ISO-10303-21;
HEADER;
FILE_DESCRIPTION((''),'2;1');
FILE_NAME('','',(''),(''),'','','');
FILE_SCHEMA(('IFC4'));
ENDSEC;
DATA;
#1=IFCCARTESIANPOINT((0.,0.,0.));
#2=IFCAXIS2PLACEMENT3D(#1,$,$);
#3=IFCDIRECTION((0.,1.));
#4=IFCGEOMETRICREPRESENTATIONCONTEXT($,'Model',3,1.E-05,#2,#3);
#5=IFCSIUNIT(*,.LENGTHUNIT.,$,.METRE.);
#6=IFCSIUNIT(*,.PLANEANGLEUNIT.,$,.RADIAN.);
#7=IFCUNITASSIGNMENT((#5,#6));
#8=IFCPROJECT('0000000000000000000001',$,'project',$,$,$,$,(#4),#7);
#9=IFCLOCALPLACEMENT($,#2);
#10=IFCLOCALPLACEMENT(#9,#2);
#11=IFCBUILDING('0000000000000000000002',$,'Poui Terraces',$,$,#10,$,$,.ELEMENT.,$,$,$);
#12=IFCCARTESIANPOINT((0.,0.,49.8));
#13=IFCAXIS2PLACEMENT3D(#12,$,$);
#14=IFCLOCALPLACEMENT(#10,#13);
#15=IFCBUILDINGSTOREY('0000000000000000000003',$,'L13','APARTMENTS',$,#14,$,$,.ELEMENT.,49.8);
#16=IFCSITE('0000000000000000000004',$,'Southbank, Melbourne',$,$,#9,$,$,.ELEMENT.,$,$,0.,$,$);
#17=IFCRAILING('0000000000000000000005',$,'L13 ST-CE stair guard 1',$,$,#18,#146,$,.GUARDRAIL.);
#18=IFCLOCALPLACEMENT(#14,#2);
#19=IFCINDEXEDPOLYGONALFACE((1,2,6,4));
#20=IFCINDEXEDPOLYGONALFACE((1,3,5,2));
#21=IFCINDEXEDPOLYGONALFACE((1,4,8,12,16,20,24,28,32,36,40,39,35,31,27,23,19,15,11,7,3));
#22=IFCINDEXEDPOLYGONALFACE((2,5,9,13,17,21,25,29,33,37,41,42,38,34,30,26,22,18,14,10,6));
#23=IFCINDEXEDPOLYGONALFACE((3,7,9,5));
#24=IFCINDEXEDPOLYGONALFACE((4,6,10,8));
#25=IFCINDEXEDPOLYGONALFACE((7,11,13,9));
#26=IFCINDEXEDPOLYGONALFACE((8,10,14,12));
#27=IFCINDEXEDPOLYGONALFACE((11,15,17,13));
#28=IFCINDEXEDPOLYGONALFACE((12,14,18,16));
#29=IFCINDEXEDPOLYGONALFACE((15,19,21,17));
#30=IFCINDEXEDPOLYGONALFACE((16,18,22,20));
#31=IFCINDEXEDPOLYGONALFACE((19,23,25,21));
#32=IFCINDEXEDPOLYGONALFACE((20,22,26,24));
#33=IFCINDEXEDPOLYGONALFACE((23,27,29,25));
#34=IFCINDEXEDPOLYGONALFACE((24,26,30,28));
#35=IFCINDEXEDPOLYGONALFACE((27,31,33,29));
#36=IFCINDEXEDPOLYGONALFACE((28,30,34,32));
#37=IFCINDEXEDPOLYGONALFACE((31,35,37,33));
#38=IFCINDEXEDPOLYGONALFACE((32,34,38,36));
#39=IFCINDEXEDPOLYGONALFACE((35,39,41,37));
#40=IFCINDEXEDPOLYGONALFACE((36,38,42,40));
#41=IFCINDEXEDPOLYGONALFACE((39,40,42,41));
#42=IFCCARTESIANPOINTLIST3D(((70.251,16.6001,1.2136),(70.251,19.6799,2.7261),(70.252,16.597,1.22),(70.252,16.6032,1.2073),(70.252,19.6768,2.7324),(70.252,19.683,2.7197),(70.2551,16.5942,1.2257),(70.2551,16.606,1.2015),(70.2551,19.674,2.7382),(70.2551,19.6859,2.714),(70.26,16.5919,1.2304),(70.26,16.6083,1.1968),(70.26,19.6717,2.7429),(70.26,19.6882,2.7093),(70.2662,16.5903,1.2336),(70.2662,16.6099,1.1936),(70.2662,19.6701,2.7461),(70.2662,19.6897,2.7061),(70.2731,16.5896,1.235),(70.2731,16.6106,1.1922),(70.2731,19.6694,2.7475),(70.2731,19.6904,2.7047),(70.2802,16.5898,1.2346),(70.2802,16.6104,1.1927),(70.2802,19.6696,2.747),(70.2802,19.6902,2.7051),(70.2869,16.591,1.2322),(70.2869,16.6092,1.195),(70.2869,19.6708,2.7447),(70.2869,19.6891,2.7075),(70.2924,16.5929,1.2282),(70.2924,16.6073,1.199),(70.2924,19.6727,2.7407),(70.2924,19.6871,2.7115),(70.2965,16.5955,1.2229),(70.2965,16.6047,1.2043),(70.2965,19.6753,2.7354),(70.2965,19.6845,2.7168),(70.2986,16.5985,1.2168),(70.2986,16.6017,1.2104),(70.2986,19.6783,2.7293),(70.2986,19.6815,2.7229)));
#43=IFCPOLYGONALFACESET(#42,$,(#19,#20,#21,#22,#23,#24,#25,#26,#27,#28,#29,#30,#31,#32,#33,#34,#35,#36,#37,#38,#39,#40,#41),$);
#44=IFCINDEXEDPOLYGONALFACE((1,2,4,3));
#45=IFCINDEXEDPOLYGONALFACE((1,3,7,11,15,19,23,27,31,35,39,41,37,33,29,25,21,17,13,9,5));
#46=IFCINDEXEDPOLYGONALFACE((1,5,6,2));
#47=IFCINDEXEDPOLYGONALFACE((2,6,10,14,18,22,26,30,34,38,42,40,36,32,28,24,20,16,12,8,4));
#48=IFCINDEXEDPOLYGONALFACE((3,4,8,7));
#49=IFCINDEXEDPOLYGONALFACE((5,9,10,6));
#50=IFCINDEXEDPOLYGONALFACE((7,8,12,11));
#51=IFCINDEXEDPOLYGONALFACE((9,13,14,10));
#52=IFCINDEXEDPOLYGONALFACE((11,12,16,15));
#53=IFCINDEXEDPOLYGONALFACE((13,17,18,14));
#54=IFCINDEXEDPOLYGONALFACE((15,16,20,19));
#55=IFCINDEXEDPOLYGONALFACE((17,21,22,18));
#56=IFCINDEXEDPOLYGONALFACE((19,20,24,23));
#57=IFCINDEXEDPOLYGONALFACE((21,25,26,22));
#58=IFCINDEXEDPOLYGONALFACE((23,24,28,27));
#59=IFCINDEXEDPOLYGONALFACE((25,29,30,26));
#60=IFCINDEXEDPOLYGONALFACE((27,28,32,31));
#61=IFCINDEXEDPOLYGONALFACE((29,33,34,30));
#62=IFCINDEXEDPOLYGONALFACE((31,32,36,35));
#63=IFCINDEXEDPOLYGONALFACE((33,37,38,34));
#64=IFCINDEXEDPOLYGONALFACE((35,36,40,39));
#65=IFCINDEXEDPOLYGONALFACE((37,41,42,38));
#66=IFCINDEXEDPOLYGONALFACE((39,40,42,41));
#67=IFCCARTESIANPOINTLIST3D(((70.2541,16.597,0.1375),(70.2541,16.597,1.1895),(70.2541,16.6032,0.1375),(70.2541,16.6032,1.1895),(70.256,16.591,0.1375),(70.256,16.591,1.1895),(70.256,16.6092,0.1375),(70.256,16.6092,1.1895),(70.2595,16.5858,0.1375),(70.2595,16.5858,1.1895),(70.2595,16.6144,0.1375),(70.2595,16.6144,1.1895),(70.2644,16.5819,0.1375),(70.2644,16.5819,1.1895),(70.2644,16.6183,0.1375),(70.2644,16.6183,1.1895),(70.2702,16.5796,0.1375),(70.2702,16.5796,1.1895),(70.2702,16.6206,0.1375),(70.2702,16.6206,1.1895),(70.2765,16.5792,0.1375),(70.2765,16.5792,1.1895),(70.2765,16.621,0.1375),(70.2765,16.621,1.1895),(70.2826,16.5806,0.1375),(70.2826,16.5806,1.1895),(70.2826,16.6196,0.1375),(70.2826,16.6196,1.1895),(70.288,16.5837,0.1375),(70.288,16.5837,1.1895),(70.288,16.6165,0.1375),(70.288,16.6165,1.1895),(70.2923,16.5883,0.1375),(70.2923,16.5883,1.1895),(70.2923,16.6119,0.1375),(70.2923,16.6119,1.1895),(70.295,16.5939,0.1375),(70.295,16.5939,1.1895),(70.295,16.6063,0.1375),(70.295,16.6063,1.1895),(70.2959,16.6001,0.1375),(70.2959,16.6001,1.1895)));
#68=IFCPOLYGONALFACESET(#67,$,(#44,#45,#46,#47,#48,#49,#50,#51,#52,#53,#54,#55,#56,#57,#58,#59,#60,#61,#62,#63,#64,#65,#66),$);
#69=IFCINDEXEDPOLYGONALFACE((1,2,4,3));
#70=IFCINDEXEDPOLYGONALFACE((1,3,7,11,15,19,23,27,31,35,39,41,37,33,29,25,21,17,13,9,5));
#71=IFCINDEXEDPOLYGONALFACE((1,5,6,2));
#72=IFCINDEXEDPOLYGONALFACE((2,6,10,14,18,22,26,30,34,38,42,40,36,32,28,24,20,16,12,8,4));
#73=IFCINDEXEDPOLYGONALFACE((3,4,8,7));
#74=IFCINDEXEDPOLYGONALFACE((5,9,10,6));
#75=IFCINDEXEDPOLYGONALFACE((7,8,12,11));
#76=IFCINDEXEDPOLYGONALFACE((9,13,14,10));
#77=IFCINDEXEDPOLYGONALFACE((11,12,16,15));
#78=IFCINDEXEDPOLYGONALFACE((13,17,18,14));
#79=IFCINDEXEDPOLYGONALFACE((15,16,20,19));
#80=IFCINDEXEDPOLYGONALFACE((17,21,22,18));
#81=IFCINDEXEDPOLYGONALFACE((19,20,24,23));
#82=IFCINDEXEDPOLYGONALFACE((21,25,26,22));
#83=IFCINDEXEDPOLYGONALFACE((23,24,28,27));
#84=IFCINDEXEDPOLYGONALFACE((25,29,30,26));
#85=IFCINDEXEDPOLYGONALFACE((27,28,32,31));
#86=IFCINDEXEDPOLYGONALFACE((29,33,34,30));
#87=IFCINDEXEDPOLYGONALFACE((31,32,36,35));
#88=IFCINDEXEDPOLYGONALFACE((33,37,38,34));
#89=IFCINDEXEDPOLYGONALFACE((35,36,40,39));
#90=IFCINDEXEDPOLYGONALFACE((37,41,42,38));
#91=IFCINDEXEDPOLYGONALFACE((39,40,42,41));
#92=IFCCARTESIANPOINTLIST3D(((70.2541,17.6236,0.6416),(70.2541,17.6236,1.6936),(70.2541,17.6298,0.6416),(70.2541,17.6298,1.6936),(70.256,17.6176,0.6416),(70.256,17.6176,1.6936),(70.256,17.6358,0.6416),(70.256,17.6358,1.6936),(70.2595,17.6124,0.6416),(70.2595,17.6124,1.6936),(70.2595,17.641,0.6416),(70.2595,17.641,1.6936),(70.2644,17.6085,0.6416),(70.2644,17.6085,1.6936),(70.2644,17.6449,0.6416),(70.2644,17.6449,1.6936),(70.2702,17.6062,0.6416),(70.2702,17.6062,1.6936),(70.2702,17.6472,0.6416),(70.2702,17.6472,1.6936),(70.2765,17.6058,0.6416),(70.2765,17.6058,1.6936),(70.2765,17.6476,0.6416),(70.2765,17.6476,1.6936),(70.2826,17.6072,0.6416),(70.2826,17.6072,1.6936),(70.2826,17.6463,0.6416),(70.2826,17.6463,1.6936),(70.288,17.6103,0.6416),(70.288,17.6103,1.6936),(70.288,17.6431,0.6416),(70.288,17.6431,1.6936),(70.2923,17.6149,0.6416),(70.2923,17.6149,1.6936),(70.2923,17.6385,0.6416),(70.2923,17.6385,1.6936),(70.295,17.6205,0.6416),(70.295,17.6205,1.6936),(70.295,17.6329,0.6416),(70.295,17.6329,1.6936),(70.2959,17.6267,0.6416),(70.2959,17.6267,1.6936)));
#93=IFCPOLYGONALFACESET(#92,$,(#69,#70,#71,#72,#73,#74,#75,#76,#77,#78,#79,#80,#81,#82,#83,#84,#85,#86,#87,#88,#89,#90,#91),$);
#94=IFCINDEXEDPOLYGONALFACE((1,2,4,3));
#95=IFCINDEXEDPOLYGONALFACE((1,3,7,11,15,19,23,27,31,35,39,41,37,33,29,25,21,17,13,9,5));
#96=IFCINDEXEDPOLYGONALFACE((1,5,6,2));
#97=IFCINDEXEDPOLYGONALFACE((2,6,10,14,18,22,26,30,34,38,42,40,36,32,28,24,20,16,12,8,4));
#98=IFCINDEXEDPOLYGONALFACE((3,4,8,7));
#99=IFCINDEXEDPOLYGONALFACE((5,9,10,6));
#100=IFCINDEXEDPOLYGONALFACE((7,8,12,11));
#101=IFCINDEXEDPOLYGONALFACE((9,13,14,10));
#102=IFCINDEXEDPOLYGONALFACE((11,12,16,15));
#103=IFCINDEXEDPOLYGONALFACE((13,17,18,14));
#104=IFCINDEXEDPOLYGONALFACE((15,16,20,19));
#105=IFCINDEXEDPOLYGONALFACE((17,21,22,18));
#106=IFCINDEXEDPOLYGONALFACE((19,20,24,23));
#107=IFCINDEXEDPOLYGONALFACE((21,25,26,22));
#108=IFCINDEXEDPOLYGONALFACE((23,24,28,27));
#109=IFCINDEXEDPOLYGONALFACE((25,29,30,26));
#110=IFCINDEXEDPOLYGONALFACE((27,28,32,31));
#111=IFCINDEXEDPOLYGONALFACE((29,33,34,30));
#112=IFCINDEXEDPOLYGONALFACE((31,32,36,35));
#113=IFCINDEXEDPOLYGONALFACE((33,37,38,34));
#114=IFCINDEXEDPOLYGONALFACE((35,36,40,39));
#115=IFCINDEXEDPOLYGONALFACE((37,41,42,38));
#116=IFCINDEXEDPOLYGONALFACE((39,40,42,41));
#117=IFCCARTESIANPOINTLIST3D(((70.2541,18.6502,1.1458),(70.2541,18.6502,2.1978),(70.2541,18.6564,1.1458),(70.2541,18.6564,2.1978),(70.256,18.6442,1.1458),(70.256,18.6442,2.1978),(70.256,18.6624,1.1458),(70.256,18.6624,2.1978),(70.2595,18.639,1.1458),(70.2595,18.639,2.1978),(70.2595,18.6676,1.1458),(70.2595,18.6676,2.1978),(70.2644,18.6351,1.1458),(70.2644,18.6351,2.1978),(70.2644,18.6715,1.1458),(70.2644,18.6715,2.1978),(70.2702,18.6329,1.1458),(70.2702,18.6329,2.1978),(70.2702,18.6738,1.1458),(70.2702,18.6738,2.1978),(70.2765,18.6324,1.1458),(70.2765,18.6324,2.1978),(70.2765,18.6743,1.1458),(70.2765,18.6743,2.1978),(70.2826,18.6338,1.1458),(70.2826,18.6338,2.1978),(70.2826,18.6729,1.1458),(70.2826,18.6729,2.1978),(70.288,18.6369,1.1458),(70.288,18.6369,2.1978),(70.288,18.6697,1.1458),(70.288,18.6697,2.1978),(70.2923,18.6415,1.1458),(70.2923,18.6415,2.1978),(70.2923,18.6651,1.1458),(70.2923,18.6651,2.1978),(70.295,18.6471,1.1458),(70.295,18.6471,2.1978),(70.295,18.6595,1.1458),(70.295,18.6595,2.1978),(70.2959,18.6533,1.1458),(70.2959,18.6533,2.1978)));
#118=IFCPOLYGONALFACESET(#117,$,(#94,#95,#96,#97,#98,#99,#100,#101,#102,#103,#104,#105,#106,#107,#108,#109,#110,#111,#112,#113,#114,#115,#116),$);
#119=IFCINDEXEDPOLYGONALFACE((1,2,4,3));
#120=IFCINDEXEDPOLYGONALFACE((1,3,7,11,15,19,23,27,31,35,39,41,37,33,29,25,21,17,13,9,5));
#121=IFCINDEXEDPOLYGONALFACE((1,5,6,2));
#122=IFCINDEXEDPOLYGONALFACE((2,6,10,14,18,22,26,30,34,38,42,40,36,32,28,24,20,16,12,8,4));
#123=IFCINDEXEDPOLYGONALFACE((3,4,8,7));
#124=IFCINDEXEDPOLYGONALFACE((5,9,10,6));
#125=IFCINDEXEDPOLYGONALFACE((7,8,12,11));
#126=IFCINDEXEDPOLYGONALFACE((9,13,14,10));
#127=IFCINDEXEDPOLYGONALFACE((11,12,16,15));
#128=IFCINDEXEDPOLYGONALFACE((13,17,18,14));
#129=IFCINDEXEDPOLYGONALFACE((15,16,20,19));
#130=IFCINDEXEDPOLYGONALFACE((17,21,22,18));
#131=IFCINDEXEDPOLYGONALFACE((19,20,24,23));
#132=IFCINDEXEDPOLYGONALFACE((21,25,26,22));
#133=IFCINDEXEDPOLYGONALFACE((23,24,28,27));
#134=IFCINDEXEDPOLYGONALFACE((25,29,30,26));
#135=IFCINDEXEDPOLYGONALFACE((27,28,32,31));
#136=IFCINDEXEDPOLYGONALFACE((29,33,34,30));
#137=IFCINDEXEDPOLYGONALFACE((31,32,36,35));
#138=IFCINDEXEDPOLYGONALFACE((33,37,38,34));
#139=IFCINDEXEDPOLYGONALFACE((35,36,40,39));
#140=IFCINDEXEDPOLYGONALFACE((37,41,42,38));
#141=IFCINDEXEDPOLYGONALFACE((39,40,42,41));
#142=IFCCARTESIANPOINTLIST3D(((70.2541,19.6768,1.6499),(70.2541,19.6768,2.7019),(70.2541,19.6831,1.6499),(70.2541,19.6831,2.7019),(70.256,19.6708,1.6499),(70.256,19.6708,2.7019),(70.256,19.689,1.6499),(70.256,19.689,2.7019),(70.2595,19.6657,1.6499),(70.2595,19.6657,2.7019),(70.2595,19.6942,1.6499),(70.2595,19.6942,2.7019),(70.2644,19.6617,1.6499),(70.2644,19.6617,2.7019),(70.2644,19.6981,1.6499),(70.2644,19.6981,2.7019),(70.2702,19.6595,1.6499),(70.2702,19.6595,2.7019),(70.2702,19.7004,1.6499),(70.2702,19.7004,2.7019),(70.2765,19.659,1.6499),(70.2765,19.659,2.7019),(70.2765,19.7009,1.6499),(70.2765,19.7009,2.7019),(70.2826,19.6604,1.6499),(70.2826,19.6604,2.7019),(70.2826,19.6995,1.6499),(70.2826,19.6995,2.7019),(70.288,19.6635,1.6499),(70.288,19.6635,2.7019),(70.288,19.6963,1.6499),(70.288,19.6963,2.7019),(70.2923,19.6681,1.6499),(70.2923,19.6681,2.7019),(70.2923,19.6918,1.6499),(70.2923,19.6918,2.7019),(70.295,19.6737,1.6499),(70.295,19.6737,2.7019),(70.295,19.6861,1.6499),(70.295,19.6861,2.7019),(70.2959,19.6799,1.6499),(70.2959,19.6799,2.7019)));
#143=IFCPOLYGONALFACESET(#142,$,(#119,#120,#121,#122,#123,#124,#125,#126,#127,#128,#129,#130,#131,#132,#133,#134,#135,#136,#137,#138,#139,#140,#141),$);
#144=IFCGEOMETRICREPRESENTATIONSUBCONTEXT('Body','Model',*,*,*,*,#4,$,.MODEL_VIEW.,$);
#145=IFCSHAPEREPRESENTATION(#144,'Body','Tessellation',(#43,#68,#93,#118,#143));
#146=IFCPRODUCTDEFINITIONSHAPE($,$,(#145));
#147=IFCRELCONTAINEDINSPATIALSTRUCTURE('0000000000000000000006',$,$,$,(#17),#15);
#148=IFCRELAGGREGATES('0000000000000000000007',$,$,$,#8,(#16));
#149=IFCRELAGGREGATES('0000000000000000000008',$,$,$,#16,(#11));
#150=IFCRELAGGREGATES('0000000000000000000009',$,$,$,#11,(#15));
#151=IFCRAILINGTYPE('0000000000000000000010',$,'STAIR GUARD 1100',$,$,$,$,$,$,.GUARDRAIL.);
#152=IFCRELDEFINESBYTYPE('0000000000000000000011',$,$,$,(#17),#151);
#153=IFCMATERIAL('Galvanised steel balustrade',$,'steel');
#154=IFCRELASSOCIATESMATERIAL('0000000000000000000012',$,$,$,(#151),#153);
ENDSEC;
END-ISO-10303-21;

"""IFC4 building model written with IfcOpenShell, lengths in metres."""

from ifc_helpers import new_model, si_unit, direction, frame, origin, origin_2d, place, context, subcontext, project, spatial, circle, extrude, material, type_object, element, save


model = new_model("IFC4")

# Units and contexts
model_context = context("Model", 3, precision=1e-05, world=origin(), true_north=direction((0.0, 1.0)))
body_context = subcontext(model_context, "Body", "Model", "MODEL_VIEW")
ifc_project = project(units=[si_unit("LENGTHUNIT", "METRE"), si_unit("PLANEANGLEUNIT", "RADIAN")], contexts=[model_context])

# Site, building, storey
site_placement = place(None, origin())
site = spatial("IfcSite", under=ifc_project, at=site_placement, Name="Southbank, Melbourne", CompositionType="ELEMENT", RefElevation=0.0)
building_placement = place(site_placement, origin())
building = spatial("IfcBuilding", under=site, at=building_placement, Name="Poui Terraces", CompositionType="ELEMENT")
storey_placement = place(building_placement, frame((0.0, 0.0, 49.8)))
storey = spatial("IfcBuildingStorey", under=building, at=storey_placement, Name="L13", Description="APARTMENTS", CompositionType="ELEMENT", Elevation=49.8)

# Railing
ifc_material_1 = material(Name="Galvanised steel balustrade", Category="steel")
railing_type = type_object("IfcRailingType", Name="STAIR GUARD 1100", PredefinedType="GUARDRAIL", material=ifc_material_1)
railing_1_placement = place(storey_placement, frame((70.2749, 16.6001, 0.1375)))
element("IfcRailing", 1, at=railing_1_placement, inside=storey, type_object=railing_type, Name="L13 ST-CE stair guard 1", PredefinedType="GUARDRAIL", context=body_context, shape_type="SweptSolid", body=[
    extrude(circle(Radius=0.0239, at=origin_2d()), frame((0.0, 0.0, 1.0762), z_axis=(0.0, 0.897606, 0.440798), x_axis=(-1.0, 0.0, 0.0)), (0.0, 0.0, 1.0), 3.4312),
    extrude(circle(Radius=0.021, at=origin_2d()), origin(), (0.0, 0.0, 1.0), 1.052),
    extrude(circle(Radius=0.021, at=origin_2d()), frame((0.0, 1.0266, 0.5042)), (0.0, 0.0, 1.0), 1.052),
    extrude(circle(Radius=0.021, at=origin_2d()), frame((0.0, 2.0532, 1.0083)), (0.0, 0.0, 1.0), 1.052),
    extrude(circle(Radius=0.021, at=origin_2d()), frame((0.0, 3.0798, 1.5125)), (0.0, 0.0, 1.0), 1.052),
])

save(model, "model.ifc")
